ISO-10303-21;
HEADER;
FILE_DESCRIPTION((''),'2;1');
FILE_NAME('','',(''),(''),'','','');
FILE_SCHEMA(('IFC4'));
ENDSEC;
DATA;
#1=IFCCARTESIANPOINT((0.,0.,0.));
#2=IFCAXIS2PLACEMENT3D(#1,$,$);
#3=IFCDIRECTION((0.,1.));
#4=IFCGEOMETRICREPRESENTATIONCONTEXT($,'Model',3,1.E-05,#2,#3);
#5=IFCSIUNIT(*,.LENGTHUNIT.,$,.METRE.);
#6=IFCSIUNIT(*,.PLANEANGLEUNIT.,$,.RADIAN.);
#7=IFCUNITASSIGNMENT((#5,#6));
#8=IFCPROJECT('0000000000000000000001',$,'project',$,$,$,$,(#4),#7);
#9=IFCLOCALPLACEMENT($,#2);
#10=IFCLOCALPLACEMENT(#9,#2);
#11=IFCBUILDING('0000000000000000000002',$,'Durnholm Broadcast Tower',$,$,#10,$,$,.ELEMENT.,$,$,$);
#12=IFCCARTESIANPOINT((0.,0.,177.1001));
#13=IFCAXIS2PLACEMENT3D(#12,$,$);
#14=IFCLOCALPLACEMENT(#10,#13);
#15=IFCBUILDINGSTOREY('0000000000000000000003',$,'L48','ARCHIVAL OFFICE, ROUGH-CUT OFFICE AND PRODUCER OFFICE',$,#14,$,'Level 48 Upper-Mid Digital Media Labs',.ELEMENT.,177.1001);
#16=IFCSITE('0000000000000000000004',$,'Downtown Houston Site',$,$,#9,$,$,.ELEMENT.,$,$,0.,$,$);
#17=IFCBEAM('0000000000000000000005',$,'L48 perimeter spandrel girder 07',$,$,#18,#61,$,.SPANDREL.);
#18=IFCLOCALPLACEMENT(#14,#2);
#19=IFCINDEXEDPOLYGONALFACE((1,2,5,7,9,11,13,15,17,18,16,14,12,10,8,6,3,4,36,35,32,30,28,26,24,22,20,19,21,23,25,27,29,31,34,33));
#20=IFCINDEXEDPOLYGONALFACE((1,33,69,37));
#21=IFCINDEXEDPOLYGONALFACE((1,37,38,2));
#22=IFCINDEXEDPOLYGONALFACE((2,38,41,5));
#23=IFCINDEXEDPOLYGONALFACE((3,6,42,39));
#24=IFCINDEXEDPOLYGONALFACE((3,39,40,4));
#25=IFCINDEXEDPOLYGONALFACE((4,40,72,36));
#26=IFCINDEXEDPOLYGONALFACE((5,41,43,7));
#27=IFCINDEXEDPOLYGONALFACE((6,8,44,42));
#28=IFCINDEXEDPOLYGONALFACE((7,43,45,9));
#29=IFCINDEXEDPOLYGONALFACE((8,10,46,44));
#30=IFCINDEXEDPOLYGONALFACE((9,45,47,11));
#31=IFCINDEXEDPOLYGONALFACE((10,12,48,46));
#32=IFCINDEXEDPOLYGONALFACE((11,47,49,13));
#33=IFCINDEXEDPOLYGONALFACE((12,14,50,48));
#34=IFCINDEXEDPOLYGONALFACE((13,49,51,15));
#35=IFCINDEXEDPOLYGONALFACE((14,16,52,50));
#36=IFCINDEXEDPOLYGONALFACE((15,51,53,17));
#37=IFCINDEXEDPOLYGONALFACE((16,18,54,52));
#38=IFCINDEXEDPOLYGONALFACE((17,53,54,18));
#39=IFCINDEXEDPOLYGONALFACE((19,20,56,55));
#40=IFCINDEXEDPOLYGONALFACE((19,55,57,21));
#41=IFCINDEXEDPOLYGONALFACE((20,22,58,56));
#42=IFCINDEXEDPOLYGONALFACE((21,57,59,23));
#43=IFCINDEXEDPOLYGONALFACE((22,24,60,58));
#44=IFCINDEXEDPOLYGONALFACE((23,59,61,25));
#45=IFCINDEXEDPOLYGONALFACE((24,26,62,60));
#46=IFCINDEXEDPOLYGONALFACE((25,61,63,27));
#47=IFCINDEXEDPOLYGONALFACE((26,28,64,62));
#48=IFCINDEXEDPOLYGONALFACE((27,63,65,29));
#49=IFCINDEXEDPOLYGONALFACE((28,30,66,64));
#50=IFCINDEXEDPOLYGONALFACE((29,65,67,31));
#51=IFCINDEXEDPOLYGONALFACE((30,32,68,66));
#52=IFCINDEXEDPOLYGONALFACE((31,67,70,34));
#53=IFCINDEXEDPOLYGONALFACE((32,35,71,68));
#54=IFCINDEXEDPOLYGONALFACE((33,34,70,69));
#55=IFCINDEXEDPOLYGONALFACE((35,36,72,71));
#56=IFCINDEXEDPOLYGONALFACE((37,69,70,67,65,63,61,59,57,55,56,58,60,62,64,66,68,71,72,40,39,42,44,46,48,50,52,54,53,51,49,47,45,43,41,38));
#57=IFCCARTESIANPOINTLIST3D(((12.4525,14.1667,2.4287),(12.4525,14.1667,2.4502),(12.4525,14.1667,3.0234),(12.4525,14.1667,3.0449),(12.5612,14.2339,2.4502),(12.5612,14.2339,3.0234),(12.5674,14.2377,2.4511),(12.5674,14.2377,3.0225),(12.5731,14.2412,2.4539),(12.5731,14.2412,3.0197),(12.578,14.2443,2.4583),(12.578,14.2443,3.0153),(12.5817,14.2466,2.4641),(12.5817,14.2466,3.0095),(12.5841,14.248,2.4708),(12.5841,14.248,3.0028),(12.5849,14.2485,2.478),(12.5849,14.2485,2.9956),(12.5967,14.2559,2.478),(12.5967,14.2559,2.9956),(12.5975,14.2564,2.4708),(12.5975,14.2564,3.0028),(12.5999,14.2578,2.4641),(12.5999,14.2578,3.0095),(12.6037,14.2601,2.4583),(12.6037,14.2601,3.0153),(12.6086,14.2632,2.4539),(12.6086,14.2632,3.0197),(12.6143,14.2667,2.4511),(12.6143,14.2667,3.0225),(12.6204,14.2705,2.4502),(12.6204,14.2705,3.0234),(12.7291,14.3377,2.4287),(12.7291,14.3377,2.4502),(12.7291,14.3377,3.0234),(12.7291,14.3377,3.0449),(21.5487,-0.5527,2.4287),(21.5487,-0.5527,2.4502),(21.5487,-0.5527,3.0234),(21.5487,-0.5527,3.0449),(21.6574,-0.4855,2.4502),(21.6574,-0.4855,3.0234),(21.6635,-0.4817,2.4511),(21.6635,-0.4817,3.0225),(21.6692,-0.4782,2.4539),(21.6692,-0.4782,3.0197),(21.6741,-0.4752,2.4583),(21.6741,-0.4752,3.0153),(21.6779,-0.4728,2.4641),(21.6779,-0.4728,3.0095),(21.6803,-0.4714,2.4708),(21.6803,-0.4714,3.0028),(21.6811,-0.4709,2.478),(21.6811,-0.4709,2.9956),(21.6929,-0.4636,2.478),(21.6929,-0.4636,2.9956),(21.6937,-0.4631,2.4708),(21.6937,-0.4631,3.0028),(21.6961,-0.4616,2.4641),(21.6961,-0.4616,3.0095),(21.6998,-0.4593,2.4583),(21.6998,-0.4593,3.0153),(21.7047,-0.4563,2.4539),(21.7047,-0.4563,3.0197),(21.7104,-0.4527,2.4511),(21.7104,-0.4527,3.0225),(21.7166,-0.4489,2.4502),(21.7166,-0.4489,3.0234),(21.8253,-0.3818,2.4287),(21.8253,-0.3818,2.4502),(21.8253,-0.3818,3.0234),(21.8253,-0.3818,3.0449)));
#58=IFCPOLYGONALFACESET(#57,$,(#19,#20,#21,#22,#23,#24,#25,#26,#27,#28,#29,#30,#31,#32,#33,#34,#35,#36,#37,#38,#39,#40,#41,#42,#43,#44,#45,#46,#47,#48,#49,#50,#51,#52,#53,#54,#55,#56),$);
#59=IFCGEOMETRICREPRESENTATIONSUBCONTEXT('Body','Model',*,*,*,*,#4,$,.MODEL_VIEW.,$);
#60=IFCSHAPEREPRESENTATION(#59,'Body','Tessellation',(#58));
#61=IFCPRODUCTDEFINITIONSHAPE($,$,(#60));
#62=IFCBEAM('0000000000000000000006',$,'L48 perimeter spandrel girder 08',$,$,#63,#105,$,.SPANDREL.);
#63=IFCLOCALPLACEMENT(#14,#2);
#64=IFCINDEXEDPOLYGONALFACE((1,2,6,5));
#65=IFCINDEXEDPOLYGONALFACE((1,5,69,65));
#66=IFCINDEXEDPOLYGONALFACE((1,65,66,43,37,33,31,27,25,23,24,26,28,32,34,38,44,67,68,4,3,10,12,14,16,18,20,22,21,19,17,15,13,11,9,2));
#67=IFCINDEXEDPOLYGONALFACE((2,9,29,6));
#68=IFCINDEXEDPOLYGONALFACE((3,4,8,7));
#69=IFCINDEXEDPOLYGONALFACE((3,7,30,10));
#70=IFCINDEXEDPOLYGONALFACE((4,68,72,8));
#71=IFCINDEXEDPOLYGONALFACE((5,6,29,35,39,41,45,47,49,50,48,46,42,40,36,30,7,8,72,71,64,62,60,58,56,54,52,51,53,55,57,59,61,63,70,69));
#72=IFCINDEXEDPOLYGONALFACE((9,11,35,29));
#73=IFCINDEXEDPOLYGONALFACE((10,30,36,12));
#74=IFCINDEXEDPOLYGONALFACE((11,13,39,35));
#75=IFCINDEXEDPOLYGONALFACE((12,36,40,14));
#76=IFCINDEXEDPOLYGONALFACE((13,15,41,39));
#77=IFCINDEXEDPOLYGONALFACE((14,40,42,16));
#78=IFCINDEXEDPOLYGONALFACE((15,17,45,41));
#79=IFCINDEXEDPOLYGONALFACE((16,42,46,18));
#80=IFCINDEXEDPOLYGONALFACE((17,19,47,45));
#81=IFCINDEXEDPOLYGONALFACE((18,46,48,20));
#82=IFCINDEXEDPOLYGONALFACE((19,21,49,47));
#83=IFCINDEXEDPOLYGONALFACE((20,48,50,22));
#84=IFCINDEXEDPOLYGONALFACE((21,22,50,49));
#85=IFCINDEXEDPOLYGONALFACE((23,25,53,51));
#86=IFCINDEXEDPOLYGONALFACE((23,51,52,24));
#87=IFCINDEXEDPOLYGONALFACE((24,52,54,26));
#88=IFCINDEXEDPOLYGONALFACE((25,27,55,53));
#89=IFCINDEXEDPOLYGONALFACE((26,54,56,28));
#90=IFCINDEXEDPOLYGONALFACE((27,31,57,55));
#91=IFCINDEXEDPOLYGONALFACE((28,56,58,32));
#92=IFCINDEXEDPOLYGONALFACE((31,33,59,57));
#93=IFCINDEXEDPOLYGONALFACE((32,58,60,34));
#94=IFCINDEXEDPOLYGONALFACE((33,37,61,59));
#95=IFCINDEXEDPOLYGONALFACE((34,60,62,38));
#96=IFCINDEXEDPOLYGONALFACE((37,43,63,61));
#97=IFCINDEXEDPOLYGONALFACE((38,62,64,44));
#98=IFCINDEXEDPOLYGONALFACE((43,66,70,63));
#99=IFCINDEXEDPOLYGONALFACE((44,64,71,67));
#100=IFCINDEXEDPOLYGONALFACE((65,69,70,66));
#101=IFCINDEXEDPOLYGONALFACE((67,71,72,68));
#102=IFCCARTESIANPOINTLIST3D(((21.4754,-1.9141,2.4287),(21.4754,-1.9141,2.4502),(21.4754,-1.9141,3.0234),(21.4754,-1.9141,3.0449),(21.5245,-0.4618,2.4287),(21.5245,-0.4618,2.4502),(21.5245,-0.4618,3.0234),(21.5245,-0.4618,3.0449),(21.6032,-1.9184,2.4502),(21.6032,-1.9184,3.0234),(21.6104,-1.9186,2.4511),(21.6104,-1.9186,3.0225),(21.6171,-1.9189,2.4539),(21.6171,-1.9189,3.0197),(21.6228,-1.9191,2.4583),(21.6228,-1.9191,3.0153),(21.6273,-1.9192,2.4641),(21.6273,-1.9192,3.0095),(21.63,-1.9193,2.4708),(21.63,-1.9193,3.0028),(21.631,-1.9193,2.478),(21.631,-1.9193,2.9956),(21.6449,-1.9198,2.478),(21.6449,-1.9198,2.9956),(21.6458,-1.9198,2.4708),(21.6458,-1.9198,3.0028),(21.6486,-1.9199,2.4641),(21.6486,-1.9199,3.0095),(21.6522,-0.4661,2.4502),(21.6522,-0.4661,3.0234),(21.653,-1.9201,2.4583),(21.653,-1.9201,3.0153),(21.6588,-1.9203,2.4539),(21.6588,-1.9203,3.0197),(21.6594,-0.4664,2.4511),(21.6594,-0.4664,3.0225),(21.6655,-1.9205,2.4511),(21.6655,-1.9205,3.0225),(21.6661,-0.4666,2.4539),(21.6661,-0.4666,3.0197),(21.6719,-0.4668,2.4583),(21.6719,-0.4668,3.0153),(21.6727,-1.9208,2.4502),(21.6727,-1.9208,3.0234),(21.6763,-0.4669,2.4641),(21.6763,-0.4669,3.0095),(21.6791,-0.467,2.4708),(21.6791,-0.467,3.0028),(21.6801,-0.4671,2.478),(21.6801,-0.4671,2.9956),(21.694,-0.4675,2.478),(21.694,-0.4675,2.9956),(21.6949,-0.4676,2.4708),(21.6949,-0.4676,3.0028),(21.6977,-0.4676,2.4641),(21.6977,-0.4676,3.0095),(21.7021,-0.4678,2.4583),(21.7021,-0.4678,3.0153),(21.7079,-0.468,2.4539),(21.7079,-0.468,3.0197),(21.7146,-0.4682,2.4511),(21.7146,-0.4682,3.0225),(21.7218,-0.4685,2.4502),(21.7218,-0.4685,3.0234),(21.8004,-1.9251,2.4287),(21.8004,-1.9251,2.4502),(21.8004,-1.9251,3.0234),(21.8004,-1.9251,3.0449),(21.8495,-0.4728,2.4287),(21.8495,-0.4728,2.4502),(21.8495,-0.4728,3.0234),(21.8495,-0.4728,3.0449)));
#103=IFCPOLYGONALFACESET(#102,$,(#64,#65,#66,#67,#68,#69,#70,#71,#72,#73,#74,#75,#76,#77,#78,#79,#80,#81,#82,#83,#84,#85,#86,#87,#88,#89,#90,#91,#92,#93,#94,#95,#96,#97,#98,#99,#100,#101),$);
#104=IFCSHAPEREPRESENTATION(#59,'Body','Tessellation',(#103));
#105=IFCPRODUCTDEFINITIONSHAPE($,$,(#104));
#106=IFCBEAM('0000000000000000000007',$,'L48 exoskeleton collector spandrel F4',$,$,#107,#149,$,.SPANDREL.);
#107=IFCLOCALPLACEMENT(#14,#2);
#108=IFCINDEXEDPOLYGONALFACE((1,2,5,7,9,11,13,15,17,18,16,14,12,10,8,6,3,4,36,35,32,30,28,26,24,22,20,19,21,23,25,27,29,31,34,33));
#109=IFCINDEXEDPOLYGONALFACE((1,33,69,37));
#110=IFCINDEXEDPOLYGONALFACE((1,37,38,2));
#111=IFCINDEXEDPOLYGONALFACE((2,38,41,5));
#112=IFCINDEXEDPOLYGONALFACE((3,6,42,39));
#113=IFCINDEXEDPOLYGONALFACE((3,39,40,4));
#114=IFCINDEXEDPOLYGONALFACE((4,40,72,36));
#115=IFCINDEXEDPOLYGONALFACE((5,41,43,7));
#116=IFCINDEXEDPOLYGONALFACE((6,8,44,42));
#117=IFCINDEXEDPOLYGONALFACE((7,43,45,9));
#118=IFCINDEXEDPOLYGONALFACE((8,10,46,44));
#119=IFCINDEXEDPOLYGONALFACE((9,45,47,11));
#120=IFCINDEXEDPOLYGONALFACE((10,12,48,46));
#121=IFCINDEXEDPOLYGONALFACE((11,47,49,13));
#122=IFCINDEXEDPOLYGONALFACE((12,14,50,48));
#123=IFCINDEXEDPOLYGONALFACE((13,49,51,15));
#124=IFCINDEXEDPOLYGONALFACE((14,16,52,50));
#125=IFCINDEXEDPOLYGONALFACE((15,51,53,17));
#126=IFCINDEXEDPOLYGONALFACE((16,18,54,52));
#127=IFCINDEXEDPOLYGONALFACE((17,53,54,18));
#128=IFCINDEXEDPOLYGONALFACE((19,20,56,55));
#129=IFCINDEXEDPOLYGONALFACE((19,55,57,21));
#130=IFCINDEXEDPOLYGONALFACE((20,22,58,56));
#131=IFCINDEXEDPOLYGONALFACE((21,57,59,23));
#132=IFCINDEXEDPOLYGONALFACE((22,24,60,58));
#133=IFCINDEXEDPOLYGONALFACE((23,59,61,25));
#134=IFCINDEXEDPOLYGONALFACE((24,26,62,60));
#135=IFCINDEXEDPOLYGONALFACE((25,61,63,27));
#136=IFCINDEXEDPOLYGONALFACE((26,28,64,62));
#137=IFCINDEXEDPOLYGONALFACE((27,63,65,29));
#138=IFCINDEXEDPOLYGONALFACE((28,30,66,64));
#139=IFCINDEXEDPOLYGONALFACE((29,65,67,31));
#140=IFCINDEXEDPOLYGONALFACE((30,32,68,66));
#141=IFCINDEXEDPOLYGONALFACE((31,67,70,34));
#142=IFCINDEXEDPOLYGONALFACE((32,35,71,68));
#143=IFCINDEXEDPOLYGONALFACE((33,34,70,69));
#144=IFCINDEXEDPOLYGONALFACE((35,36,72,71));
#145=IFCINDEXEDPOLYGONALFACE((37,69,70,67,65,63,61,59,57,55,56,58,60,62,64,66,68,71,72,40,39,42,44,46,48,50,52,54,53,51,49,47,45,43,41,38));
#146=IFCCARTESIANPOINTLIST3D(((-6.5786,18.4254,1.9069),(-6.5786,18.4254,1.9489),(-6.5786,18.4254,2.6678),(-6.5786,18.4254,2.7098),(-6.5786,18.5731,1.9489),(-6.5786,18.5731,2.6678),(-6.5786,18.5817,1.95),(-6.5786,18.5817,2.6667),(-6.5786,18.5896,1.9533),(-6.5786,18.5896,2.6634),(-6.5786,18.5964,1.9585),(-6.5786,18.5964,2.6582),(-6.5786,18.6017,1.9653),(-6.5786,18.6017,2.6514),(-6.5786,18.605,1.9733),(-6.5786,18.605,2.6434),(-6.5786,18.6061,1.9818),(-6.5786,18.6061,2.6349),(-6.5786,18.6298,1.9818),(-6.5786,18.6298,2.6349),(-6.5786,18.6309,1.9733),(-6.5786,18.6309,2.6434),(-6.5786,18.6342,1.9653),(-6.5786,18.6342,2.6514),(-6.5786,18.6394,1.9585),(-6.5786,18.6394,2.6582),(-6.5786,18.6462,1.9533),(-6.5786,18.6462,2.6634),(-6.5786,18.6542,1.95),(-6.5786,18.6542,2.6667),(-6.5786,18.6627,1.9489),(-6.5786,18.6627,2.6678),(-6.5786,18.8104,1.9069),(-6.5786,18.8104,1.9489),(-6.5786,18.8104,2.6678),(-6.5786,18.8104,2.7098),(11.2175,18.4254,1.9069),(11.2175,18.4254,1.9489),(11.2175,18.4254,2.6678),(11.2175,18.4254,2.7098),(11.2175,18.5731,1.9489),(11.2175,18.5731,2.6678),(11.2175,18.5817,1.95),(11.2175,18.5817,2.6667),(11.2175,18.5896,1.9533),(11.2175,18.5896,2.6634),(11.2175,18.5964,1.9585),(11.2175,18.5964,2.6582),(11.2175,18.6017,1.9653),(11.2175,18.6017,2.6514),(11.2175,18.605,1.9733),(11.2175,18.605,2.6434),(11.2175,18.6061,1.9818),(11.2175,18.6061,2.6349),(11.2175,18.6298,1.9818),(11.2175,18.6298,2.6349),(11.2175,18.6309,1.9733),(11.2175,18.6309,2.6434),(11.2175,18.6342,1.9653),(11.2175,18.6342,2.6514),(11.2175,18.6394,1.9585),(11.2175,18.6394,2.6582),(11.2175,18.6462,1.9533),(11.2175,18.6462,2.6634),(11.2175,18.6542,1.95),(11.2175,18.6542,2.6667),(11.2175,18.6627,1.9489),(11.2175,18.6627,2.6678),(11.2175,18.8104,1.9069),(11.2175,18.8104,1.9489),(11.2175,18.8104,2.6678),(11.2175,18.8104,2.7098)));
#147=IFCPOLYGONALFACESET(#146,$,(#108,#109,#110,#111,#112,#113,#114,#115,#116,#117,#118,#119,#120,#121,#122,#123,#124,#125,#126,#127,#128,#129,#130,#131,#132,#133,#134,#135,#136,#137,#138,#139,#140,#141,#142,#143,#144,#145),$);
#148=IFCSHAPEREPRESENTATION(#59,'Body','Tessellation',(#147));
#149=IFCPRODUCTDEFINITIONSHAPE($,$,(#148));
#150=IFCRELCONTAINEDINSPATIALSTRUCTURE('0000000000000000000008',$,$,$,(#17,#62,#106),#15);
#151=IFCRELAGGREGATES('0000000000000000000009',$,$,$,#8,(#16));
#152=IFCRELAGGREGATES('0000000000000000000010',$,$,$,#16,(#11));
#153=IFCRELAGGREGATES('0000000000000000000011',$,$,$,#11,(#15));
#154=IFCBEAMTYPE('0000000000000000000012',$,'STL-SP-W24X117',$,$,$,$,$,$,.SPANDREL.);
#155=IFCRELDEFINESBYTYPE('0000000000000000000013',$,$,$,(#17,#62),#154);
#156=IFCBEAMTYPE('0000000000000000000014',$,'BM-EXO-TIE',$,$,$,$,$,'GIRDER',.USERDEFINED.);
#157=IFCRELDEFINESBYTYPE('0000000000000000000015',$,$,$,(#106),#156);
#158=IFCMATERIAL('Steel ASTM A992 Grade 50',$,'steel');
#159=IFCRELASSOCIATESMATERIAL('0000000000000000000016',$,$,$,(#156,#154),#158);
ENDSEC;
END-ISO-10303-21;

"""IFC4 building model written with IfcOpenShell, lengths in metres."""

from ifc_helpers import new_model, si_unit, direction, frame, origin, origin_2d, place, context, subcontext, project, spatial, i_section, extrude, source, transform, mapped, material, material_profile, profile_set, type_object, type_shapes, element, save


model = new_model("IFC4")

# Units and contexts
model_context = context("Model", 3, precision=1e-05, world=origin(), true_north=direction((0.0, 1.0)))
body_context = subcontext(model_context, "Body", "Model", "MODEL_VIEW")
ifc_project = project(units=[si_unit("LENGTHUNIT", "METRE"), si_unit("PLANEANGLEUNIT", "RADIAN")], contexts=[model_context])

# Site, building, storey
site_placement = place(None, origin())
site = spatial("IfcSite", under=ifc_project, at=site_placement, Name="Downtown Houston Site", CompositionType="ELEMENT", RefElevation=0.0)
building_placement = place(site_placement, origin())
building = spatial("IfcBuilding", under=site, at=building_placement, Name="Durnholm Broadcast Tower", CompositionType="ELEMENT")
storey_placement = place(building_placement, frame((0.0, 0.0, 177.1001)))
storey = spatial("IfcBuildingStorey", under=building, at=storey_placement, Name="L48", Description="ARCHIVAL OFFICE, ROUGH-CUT OFFICE AND PRODUCER OFFICE", LongName="Level 48 Upper-Mid Digital Media Labs", CompositionType="ELEMENT", Elevation=177.1001)

# Beams
ifc_material_1 = material(Name="Steel ASTM A992 Grade 50", Category="steel")
ifc_material_profile_1 = material_profile(ifc_material_1, i_section(OverallWidth=0.385, OverallDepth=0.803, WebThickness=0.0237, FlangeThickness=0.042, FilletRadius=0.033, at=origin_2d()), Name="W30X261")
ifc_profile_set_1 = profile_set([ifc_material_profile_1], Name="Steel ASTM A992 Grade 50")
beam_type_1 = type_object("IfcBeamType", Name="BM-EXO-TIE", ElementType="GIRDER", PredefinedType="USERDEFINED", material=ifc_profile_set_1)
ifc_material_profile_2 = material_profile(ifc_material_1, i_section(OverallWidth=0.3252, OverallDepth=0.6162, WebThickness=0.0139, FlangeThickness=0.0215, FilletRadius=0.0278, at=origin_2d()), Name="W24X117")
ifc_profile_set_2 = profile_set([ifc_material_profile_2], Name="Steel ASTM A992 Grade 50")
beam_type_2 = type_object("IfcBeamType", Name="STL-SP-W24X117", PredefinedType="SPANDREL", material=ifc_profile_set_2)
shared_shape_1 = source(origin(), body_context, "Body", "SweptSolid", [
    extrude(i_section(OverallWidth=0.3252, OverallDepth=0.6162, WebThickness=0.0139, FlangeThickness=0.0215, FilletRadius=0.0278, at=origin_2d()), origin(), (0.0, 0.0, 1.0), 17.3032),
])
beam_1_placement = place(storey_placement, frame((12.5908, 14.2522, 2.7368), z_axis=(0.525691, -0.850675, 0.0), x_axis=(0.850675, 0.525691, 0.0)))
element("IfcBeam", 1, at=beam_1_placement, inside=storey, type_object=beam_type_2, Name="L48 perimeter spandrel girder 07", PredefinedType="SPANDREL", context=body_context, shape_type="MappedRepresentation", body=[
    mapped(shared_shape_1, transform((0.0, 0.0, 0.0), x_axis=(1.0, 0.0, 0.0), y_axis=(0.0, 1.0, 0.0), z_axis=(0.0, 0.0, 1.0), scale=1.0)),
])
shared_shape_2 = source(origin(), body_context, "Body", "SweptSolid", [
    extrude(i_section(OverallWidth=0.3252, OverallDepth=0.6162, WebThickness=0.0139, FlangeThickness=0.0215, FilletRadius=0.0278, at=origin_2d()), origin(), (0.0, 0.0, 1.0), 1.4531),
])
type_shapes(beam_type_2, [shared_shape_1, shared_shape_2])
beam_2_placement = place(storey_placement, frame((21.687, -0.4673, 2.7368), z_axis=(-0.033768, -0.99943, 0.0), x_axis=(0.99943, -0.033768, 0.0)))
element("IfcBeam", 2, at=beam_2_placement, inside=storey, type_object=beam_type_2, Name="L48 perimeter spandrel girder 08", PredefinedType="SPANDREL", context=body_context, shape_type="MappedRepresentation", body=[
    mapped(shared_shape_2, transform((0.0, 0.0, 0.0), x_axis=(1.0, 0.0, 0.0), y_axis=(0.0, 1.0, 0.0), z_axis=(0.0, 0.0, 1.0), scale=1.0)),
])
shared_shape_3 = source(origin(), body_context, "Body", "SweptSolid", [
    extrude(i_section(OverallWidth=0.385, OverallDepth=0.803, WebThickness=0.0237, FlangeThickness=0.042, FilletRadius=0.033, at=origin_2d()), origin(), (0.0, 0.0, 1.0), 17.7961),
])
beam_3_placement = place(storey_placement, frame((11.2175, 18.6179, 2.3083), z_axis=(-1.0, 0.0, 0.0), x_axis=(0.0, -1.0, 0.0)))
element("IfcBeam", 3, at=beam_3_placement, inside=storey, type_object=beam_type_1, Name="L48 exoskeleton collector spandrel F4", PredefinedType="SPANDREL", context=body_context, shape_type="MappedRepresentation", body=[
    mapped(shared_shape_3, transform((0.0, 0.0, 0.0), x_axis=(1.0, 0.0, 0.0), y_axis=(0.0, 1.0, 0.0), z_axis=(0.0, 0.0, 1.0), scale=1.0)),
])

save(model, "model.ifc")
